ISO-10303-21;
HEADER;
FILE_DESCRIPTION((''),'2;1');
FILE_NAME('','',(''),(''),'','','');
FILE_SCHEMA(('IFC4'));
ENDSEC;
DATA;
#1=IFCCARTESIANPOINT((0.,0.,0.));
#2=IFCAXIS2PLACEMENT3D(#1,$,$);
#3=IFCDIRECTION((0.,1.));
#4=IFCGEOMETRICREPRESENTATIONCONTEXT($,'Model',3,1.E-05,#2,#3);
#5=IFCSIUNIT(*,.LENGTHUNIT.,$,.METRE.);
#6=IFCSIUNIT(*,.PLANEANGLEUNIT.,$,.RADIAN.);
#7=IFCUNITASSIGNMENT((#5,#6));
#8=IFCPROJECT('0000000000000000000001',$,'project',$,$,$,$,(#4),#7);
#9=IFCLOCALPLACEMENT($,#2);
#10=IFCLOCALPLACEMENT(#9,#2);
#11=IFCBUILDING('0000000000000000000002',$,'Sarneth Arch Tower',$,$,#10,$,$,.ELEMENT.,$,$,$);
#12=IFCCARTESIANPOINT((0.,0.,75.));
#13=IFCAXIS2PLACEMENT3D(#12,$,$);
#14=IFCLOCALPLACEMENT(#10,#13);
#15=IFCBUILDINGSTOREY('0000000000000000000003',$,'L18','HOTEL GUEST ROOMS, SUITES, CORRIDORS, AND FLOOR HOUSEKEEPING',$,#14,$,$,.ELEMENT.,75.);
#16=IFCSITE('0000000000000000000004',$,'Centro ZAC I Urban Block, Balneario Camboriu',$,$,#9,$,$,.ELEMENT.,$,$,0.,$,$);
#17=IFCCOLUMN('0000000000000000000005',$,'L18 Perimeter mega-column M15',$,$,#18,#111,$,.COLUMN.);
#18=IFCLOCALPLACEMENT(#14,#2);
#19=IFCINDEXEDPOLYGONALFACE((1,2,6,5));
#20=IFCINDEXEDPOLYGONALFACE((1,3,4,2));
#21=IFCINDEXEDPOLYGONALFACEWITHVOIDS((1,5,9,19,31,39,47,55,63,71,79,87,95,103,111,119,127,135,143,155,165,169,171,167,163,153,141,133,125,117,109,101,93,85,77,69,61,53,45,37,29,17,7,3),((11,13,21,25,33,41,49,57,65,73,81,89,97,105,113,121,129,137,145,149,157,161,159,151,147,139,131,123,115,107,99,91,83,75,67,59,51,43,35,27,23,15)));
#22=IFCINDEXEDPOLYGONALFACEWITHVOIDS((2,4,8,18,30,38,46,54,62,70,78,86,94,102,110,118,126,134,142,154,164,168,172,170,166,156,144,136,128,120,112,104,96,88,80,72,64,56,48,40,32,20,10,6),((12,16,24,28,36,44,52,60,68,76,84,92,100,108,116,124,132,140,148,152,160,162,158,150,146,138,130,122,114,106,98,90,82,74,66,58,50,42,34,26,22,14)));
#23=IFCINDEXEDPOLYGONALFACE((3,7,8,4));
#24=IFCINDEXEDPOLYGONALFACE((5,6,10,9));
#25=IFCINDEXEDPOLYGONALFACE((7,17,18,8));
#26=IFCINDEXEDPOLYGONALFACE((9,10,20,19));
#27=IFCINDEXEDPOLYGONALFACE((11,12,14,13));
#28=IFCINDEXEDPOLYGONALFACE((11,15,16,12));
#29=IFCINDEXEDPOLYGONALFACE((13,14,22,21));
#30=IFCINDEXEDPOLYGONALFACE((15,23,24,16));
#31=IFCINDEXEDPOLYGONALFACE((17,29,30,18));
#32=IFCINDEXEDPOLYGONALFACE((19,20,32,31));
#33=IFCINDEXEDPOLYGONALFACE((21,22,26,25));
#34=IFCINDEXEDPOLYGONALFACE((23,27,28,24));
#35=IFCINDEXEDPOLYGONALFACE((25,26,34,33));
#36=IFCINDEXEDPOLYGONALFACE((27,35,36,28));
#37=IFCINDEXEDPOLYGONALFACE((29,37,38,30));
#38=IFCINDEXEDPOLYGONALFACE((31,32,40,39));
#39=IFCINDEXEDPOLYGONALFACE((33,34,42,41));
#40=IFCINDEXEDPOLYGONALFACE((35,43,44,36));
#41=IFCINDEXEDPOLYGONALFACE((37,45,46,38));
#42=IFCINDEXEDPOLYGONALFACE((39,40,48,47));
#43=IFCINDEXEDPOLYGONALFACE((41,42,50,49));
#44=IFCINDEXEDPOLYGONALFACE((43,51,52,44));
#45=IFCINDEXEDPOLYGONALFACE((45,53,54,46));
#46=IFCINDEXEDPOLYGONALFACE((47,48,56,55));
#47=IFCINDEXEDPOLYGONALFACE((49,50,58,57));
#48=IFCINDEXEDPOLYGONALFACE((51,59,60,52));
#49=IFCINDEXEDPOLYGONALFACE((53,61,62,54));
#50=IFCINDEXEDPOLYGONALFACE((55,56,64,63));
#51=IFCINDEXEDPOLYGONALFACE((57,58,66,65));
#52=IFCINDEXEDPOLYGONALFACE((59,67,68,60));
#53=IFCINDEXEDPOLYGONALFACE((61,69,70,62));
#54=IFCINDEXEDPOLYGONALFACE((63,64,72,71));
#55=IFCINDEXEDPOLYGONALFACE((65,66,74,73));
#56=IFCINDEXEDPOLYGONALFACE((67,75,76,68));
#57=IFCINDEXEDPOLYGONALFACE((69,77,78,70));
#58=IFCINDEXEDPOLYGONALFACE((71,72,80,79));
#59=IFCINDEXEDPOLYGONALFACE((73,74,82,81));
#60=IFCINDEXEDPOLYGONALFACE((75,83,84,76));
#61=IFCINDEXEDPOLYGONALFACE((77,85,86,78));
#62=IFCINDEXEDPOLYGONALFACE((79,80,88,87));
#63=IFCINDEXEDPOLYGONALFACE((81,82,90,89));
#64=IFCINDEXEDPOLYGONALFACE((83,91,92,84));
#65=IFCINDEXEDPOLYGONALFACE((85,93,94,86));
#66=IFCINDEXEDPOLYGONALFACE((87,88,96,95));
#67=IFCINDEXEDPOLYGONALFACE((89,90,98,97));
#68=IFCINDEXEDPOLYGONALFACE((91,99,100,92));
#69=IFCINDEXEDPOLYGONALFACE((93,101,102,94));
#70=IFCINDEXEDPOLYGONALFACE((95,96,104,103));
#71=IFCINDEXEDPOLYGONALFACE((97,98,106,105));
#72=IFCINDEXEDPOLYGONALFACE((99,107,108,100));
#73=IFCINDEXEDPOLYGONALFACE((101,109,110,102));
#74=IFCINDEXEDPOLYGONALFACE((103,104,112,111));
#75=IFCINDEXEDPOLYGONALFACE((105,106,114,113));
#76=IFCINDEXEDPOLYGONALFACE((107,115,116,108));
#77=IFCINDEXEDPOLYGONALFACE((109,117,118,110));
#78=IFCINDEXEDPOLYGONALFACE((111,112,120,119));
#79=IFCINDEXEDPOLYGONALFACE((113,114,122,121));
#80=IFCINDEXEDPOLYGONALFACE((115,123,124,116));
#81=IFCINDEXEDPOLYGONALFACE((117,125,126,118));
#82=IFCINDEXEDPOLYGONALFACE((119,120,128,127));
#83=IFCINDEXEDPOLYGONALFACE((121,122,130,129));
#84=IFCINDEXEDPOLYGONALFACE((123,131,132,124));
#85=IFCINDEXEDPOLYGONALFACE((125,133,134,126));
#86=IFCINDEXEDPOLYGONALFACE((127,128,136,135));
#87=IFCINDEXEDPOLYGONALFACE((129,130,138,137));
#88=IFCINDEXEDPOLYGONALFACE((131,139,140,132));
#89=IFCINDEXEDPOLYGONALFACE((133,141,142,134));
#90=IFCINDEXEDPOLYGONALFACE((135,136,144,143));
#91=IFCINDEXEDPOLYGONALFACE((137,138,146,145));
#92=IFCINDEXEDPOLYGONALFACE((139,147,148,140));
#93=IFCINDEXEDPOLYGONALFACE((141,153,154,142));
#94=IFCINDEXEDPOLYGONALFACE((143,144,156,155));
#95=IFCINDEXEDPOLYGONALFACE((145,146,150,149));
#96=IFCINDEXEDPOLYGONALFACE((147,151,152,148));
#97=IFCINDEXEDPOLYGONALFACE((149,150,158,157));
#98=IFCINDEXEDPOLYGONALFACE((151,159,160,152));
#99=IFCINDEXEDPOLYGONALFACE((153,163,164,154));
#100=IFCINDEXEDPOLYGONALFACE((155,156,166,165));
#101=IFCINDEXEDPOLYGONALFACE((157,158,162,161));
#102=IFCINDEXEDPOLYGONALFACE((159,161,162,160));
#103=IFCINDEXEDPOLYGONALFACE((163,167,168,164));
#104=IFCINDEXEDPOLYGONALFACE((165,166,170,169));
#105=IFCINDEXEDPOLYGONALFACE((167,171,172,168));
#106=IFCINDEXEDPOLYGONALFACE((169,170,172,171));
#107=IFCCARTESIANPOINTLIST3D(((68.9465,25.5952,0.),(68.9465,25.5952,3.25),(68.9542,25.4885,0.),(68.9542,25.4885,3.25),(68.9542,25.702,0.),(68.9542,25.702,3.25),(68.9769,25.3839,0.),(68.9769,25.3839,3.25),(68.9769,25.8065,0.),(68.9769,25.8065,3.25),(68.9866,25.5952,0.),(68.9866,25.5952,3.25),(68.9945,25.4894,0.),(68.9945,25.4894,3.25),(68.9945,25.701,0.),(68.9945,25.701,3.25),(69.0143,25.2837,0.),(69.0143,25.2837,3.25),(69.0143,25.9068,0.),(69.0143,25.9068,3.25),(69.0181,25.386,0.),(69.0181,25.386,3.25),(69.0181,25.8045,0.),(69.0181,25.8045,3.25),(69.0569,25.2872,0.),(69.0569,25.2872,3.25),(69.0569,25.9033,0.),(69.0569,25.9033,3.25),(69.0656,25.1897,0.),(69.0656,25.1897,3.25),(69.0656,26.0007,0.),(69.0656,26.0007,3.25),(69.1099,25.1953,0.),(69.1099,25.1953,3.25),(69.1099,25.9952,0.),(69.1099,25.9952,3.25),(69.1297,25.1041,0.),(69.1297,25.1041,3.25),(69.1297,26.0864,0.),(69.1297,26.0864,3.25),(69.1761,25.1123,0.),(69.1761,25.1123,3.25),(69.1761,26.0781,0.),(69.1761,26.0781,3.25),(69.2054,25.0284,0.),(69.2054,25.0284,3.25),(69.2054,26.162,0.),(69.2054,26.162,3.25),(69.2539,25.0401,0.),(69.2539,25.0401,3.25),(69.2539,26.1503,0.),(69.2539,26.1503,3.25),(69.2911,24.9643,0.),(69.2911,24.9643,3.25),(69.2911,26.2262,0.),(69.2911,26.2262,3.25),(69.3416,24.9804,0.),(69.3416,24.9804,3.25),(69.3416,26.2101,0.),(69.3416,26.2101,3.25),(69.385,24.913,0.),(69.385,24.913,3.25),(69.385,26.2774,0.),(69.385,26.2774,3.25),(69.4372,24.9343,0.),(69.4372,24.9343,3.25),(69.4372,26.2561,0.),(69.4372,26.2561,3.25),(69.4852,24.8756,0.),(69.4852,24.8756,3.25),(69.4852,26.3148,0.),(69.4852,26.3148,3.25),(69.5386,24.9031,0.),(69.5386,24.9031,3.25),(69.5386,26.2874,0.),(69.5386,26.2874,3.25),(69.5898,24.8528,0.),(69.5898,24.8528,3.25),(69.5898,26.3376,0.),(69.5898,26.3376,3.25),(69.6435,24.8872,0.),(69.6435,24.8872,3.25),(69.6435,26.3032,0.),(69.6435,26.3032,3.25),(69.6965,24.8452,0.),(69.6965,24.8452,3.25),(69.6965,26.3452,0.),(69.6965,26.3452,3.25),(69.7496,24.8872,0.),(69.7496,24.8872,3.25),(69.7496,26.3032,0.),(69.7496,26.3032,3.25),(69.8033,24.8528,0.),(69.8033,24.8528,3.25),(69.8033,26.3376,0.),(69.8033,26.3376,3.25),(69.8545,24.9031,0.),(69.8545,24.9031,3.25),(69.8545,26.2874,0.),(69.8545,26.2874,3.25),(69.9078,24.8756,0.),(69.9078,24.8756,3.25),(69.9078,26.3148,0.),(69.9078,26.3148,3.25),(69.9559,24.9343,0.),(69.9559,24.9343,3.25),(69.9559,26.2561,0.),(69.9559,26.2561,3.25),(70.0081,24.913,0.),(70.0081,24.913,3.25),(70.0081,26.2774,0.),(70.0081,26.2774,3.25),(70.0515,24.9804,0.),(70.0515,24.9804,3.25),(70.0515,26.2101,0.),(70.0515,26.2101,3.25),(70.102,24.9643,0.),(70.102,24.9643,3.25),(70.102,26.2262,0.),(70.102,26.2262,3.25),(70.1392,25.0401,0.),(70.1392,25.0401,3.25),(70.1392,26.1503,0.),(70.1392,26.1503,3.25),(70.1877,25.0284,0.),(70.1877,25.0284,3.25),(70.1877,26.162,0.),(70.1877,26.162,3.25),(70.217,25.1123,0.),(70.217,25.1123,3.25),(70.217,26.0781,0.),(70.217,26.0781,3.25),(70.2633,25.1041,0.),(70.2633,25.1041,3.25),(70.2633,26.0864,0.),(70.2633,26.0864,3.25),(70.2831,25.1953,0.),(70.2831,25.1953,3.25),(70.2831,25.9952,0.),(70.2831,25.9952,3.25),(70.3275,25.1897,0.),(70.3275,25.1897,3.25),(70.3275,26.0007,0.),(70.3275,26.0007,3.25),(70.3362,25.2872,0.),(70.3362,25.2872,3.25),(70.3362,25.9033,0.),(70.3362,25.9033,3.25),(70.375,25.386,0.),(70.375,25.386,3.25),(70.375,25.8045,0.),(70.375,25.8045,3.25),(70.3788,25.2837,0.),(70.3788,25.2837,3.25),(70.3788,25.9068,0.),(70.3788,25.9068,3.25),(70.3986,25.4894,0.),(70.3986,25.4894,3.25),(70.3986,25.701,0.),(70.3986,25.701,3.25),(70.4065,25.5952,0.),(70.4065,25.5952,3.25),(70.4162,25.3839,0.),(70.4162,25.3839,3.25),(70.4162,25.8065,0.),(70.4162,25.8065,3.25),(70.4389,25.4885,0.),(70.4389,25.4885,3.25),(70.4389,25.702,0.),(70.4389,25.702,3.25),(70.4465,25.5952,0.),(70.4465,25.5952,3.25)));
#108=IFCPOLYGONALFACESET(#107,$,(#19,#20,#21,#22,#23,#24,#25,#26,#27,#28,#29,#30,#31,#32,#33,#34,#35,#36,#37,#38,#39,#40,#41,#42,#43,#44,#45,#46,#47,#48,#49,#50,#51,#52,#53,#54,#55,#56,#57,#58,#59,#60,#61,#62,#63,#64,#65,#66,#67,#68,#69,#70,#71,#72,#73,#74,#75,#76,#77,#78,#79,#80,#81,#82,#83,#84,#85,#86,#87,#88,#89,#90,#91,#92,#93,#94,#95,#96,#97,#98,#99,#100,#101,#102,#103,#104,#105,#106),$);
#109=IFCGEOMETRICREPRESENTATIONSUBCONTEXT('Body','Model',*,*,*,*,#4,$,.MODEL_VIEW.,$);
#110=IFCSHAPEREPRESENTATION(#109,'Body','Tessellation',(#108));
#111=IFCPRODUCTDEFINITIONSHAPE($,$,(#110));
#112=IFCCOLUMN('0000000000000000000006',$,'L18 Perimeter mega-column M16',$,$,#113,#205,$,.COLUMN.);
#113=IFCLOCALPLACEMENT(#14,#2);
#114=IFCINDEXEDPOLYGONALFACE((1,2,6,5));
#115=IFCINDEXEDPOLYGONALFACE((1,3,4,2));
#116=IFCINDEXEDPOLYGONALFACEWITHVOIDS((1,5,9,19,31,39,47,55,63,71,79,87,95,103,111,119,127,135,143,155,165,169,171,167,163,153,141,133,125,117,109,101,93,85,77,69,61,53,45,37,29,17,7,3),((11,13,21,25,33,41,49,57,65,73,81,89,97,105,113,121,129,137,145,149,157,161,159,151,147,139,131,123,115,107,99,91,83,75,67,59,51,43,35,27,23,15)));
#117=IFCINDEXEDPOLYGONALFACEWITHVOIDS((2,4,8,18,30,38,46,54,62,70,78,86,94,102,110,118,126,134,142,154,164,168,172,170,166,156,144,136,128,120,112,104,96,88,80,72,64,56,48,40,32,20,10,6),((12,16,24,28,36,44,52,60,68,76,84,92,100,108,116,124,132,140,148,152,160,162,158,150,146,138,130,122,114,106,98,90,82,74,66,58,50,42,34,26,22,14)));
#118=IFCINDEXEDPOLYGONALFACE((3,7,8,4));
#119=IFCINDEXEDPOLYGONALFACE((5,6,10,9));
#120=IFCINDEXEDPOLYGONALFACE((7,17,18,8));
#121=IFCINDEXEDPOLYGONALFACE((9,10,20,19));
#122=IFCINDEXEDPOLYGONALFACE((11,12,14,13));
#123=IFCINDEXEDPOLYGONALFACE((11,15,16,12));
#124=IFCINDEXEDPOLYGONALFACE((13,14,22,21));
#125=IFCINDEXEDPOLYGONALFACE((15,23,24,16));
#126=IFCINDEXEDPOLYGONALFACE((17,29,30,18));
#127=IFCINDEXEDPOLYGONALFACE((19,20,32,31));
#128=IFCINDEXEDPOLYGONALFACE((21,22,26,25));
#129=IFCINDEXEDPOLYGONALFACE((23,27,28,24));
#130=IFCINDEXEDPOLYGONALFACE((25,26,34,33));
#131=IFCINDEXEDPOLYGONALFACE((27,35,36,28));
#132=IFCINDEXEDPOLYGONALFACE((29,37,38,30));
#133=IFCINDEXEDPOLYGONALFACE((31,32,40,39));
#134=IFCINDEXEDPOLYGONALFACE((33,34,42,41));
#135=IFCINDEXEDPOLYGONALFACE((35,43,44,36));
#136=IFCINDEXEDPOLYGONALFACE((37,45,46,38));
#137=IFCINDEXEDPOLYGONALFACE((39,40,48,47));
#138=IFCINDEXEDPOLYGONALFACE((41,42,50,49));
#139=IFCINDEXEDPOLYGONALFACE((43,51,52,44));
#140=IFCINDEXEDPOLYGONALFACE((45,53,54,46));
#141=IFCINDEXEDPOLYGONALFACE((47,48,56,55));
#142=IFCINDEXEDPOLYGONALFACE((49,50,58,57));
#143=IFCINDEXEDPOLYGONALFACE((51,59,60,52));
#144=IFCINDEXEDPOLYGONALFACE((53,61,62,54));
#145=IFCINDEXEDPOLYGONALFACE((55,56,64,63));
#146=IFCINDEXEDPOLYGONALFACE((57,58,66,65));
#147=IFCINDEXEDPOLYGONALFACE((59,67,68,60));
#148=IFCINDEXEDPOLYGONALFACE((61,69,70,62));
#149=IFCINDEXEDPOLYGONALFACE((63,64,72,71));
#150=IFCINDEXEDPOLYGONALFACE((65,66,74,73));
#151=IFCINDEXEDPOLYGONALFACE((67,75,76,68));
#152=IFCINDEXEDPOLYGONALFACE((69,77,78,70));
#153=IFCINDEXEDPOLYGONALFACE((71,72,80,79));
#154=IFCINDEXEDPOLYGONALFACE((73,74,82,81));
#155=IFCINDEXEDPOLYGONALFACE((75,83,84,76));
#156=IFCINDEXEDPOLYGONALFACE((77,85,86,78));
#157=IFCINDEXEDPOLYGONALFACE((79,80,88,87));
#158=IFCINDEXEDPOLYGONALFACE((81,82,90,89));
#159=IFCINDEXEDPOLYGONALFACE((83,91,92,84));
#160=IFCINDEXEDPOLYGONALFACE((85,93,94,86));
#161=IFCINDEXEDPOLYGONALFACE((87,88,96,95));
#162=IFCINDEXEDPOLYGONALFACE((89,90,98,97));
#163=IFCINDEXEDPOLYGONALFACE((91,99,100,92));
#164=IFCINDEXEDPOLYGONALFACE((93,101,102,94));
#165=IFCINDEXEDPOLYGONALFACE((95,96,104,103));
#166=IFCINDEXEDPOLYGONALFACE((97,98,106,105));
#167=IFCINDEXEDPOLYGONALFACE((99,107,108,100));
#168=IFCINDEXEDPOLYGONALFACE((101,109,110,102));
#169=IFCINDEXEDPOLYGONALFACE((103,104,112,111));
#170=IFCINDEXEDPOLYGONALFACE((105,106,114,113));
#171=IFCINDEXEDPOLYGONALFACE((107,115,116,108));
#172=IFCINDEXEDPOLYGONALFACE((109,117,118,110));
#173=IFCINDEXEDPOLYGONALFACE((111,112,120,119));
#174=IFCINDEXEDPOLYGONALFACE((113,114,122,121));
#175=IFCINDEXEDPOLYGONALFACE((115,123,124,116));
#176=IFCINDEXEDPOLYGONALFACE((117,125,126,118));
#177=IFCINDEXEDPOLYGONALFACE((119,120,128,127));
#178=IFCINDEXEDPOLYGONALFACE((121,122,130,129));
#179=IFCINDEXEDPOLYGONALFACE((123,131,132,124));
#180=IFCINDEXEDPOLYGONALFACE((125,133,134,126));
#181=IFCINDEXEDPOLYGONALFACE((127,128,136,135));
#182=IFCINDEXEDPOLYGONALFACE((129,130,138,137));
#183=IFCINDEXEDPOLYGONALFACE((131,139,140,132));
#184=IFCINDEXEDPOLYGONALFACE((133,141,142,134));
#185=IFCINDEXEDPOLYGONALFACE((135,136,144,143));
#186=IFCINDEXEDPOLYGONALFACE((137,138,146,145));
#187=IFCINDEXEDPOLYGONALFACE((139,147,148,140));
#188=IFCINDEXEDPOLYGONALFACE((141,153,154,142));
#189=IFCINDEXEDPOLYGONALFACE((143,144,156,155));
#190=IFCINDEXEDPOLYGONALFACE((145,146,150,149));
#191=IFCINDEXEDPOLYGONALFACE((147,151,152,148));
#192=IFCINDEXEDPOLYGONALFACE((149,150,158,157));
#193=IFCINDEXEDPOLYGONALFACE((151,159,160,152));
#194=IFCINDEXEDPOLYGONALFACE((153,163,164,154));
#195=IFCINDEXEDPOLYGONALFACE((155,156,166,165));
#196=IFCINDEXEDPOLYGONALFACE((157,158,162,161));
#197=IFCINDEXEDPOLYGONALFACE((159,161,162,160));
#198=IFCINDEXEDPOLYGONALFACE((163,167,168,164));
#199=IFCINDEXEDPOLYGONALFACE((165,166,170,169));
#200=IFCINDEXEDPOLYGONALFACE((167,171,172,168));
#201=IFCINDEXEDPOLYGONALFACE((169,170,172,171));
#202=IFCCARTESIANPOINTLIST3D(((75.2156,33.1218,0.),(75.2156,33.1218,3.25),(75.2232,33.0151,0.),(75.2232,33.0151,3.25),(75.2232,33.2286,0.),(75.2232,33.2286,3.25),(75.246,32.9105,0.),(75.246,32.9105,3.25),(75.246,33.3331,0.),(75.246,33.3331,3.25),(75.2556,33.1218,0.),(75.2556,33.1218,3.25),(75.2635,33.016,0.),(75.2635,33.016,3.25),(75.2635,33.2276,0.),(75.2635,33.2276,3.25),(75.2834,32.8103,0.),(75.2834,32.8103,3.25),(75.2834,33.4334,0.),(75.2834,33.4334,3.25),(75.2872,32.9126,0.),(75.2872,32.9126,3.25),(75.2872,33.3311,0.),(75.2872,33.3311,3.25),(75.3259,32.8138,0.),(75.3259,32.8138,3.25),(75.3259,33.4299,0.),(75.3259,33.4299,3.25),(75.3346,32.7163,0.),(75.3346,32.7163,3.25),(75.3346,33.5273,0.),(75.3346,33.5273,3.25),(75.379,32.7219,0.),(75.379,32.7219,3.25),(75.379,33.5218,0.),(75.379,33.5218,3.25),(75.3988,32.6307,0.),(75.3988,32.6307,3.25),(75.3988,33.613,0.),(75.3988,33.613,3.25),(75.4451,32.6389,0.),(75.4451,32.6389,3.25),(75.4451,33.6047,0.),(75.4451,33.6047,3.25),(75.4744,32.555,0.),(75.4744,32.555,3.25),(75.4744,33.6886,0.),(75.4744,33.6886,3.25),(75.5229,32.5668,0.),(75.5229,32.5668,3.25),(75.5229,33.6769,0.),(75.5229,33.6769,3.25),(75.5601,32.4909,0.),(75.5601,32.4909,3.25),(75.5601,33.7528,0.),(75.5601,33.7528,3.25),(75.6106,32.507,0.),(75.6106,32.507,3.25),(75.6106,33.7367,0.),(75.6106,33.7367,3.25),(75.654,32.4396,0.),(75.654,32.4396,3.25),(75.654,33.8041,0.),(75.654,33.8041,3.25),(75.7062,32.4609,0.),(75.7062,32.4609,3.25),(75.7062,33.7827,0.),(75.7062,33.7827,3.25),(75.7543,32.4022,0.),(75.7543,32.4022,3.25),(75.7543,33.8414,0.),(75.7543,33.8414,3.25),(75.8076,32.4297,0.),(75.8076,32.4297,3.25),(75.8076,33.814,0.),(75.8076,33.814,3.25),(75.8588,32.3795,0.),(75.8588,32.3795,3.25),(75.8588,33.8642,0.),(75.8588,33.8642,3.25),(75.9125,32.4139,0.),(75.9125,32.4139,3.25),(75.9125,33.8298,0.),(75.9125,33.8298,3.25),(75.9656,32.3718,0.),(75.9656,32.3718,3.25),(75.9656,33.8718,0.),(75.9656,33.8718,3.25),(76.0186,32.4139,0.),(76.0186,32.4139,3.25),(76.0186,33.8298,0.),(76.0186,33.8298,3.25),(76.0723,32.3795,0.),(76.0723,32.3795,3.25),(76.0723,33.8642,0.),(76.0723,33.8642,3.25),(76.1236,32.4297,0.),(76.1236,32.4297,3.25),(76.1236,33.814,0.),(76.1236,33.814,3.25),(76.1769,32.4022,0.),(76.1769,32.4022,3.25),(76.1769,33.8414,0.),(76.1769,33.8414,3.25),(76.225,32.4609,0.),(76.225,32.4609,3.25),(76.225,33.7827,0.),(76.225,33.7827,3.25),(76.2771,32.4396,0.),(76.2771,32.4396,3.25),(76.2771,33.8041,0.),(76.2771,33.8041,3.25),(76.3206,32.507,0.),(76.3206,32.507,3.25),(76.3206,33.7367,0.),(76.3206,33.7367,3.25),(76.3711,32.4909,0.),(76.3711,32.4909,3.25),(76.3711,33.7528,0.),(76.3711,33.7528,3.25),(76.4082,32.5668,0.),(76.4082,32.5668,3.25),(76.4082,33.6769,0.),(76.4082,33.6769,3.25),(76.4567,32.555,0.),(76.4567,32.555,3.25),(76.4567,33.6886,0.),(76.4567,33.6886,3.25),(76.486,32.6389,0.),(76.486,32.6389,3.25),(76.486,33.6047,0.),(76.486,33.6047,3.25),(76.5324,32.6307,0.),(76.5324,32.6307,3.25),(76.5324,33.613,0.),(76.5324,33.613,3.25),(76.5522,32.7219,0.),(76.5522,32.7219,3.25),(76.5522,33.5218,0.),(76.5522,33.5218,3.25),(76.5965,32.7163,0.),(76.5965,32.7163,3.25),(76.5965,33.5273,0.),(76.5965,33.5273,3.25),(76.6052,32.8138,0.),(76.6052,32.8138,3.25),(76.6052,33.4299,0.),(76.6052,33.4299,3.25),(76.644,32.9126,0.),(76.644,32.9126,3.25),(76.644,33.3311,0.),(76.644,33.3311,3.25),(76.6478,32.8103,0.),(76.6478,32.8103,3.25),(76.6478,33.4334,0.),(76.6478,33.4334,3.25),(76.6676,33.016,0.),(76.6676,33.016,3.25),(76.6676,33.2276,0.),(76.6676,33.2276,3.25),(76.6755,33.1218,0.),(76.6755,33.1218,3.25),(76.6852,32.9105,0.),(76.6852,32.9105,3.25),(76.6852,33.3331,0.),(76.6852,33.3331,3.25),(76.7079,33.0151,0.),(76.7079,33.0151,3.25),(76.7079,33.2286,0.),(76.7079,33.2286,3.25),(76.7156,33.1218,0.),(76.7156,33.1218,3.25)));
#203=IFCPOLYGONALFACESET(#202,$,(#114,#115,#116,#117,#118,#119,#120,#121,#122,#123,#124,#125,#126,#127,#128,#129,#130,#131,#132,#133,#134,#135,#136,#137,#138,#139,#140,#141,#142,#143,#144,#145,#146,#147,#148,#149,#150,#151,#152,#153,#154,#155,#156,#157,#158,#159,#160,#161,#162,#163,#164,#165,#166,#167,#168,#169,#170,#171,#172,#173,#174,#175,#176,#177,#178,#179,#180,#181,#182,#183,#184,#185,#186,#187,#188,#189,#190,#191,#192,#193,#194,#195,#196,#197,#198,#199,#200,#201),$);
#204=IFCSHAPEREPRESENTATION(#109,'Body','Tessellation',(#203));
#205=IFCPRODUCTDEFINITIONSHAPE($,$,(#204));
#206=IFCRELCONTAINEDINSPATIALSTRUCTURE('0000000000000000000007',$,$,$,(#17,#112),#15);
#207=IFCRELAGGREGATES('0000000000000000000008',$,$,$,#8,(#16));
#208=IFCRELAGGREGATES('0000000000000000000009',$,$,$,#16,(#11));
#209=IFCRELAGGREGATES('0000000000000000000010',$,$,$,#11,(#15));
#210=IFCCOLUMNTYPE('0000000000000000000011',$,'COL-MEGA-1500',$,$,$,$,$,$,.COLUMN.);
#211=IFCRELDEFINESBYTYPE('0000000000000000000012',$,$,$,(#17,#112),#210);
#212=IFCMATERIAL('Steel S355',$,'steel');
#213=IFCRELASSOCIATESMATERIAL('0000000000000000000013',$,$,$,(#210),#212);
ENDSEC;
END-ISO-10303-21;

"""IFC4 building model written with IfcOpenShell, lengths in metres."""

from ifc_helpers import new_model, si_unit, direction, frame, origin, origin_2d, place, context, subcontext, project, spatial, hollow_circle, extrude, material, material_profile, profile_set, type_object, element, save


model = new_model("IFC4")

# Units and contexts
model_context = context("Model", 3, precision=1e-05, world=origin(), true_north=direction((0.0, 1.0)))
body_context = subcontext(model_context, "Body", "Model", "MODEL_VIEW")
ifc_project = project(units=[si_unit("LENGTHUNIT", "METRE"), si_unit("PLANEANGLEUNIT", "RADIAN")], contexts=[model_context])

# Site, building, storey
site_placement = place(None, origin())
site = spatial("IfcSite", under=ifc_project, at=site_placement, Name="Centro ZAC I Urban Block, Balneario Camboriu", CompositionType="ELEMENT", RefElevation=0.0)
building_placement = place(site_placement, origin())
building = spatial("IfcBuilding", under=site, at=building_placement, Name="Sarneth Arch Tower", CompositionType="ELEMENT")
storey_placement = place(building_placement, frame((0.0, 0.0, 75.0)))
storey = spatial("IfcBuildingStorey", under=building, at=storey_placement, Name="L18", Description="HOTEL GUEST ROOMS, SUITES, CORRIDORS, AND FLOOR HOUSEKEEPING", CompositionType="ELEMENT", Elevation=75.0)

# Columns
ifc_material_1 = material(Name="Steel S355", Category="steel")
ifc_material_profile_1 = material_profile(ifc_material_1, hollow_circle(Radius=0.75, WallThickness=0.04, at=origin_2d()), Name="CHS1500x40")
ifc_profile_set_1 = profile_set([ifc_material_profile_1], Name="Steel S355")
column_type = type_object("IfcColumnType", Name="COL-MEGA-1500", PredefinedType="COLUMN", material=ifc_profile_set_1)
for number, where, z_axis, x_axis, name in (
    (1, (69.6965, 25.5952, 0.0), (0.0, 0.0, 1.0), (1.0, 0.0, 0.0), "L18 Perimeter mega-column M15"),
    (2, (75.9656, 33.1218, 0.0), (0.0, 0.0, 1.0), (1.0, 0.0, 0.0), "L18 Perimeter mega-column M16"),
):
    element("IfcColumn", number, at=place(storey_placement, frame(where, z_axis=z_axis, x_axis=x_axis)), inside=storey, type_object=column_type, Name=name, PredefinedType="COLUMN", context=body_context, shape_type="SweptSolid", body=[
        extrude(hollow_circle(Radius=0.75, WallThickness=0.04, at=origin_2d()), origin(), (0.0, 0.0, 1.0), 3.25),
    ])

save(model, "model.ifc")
